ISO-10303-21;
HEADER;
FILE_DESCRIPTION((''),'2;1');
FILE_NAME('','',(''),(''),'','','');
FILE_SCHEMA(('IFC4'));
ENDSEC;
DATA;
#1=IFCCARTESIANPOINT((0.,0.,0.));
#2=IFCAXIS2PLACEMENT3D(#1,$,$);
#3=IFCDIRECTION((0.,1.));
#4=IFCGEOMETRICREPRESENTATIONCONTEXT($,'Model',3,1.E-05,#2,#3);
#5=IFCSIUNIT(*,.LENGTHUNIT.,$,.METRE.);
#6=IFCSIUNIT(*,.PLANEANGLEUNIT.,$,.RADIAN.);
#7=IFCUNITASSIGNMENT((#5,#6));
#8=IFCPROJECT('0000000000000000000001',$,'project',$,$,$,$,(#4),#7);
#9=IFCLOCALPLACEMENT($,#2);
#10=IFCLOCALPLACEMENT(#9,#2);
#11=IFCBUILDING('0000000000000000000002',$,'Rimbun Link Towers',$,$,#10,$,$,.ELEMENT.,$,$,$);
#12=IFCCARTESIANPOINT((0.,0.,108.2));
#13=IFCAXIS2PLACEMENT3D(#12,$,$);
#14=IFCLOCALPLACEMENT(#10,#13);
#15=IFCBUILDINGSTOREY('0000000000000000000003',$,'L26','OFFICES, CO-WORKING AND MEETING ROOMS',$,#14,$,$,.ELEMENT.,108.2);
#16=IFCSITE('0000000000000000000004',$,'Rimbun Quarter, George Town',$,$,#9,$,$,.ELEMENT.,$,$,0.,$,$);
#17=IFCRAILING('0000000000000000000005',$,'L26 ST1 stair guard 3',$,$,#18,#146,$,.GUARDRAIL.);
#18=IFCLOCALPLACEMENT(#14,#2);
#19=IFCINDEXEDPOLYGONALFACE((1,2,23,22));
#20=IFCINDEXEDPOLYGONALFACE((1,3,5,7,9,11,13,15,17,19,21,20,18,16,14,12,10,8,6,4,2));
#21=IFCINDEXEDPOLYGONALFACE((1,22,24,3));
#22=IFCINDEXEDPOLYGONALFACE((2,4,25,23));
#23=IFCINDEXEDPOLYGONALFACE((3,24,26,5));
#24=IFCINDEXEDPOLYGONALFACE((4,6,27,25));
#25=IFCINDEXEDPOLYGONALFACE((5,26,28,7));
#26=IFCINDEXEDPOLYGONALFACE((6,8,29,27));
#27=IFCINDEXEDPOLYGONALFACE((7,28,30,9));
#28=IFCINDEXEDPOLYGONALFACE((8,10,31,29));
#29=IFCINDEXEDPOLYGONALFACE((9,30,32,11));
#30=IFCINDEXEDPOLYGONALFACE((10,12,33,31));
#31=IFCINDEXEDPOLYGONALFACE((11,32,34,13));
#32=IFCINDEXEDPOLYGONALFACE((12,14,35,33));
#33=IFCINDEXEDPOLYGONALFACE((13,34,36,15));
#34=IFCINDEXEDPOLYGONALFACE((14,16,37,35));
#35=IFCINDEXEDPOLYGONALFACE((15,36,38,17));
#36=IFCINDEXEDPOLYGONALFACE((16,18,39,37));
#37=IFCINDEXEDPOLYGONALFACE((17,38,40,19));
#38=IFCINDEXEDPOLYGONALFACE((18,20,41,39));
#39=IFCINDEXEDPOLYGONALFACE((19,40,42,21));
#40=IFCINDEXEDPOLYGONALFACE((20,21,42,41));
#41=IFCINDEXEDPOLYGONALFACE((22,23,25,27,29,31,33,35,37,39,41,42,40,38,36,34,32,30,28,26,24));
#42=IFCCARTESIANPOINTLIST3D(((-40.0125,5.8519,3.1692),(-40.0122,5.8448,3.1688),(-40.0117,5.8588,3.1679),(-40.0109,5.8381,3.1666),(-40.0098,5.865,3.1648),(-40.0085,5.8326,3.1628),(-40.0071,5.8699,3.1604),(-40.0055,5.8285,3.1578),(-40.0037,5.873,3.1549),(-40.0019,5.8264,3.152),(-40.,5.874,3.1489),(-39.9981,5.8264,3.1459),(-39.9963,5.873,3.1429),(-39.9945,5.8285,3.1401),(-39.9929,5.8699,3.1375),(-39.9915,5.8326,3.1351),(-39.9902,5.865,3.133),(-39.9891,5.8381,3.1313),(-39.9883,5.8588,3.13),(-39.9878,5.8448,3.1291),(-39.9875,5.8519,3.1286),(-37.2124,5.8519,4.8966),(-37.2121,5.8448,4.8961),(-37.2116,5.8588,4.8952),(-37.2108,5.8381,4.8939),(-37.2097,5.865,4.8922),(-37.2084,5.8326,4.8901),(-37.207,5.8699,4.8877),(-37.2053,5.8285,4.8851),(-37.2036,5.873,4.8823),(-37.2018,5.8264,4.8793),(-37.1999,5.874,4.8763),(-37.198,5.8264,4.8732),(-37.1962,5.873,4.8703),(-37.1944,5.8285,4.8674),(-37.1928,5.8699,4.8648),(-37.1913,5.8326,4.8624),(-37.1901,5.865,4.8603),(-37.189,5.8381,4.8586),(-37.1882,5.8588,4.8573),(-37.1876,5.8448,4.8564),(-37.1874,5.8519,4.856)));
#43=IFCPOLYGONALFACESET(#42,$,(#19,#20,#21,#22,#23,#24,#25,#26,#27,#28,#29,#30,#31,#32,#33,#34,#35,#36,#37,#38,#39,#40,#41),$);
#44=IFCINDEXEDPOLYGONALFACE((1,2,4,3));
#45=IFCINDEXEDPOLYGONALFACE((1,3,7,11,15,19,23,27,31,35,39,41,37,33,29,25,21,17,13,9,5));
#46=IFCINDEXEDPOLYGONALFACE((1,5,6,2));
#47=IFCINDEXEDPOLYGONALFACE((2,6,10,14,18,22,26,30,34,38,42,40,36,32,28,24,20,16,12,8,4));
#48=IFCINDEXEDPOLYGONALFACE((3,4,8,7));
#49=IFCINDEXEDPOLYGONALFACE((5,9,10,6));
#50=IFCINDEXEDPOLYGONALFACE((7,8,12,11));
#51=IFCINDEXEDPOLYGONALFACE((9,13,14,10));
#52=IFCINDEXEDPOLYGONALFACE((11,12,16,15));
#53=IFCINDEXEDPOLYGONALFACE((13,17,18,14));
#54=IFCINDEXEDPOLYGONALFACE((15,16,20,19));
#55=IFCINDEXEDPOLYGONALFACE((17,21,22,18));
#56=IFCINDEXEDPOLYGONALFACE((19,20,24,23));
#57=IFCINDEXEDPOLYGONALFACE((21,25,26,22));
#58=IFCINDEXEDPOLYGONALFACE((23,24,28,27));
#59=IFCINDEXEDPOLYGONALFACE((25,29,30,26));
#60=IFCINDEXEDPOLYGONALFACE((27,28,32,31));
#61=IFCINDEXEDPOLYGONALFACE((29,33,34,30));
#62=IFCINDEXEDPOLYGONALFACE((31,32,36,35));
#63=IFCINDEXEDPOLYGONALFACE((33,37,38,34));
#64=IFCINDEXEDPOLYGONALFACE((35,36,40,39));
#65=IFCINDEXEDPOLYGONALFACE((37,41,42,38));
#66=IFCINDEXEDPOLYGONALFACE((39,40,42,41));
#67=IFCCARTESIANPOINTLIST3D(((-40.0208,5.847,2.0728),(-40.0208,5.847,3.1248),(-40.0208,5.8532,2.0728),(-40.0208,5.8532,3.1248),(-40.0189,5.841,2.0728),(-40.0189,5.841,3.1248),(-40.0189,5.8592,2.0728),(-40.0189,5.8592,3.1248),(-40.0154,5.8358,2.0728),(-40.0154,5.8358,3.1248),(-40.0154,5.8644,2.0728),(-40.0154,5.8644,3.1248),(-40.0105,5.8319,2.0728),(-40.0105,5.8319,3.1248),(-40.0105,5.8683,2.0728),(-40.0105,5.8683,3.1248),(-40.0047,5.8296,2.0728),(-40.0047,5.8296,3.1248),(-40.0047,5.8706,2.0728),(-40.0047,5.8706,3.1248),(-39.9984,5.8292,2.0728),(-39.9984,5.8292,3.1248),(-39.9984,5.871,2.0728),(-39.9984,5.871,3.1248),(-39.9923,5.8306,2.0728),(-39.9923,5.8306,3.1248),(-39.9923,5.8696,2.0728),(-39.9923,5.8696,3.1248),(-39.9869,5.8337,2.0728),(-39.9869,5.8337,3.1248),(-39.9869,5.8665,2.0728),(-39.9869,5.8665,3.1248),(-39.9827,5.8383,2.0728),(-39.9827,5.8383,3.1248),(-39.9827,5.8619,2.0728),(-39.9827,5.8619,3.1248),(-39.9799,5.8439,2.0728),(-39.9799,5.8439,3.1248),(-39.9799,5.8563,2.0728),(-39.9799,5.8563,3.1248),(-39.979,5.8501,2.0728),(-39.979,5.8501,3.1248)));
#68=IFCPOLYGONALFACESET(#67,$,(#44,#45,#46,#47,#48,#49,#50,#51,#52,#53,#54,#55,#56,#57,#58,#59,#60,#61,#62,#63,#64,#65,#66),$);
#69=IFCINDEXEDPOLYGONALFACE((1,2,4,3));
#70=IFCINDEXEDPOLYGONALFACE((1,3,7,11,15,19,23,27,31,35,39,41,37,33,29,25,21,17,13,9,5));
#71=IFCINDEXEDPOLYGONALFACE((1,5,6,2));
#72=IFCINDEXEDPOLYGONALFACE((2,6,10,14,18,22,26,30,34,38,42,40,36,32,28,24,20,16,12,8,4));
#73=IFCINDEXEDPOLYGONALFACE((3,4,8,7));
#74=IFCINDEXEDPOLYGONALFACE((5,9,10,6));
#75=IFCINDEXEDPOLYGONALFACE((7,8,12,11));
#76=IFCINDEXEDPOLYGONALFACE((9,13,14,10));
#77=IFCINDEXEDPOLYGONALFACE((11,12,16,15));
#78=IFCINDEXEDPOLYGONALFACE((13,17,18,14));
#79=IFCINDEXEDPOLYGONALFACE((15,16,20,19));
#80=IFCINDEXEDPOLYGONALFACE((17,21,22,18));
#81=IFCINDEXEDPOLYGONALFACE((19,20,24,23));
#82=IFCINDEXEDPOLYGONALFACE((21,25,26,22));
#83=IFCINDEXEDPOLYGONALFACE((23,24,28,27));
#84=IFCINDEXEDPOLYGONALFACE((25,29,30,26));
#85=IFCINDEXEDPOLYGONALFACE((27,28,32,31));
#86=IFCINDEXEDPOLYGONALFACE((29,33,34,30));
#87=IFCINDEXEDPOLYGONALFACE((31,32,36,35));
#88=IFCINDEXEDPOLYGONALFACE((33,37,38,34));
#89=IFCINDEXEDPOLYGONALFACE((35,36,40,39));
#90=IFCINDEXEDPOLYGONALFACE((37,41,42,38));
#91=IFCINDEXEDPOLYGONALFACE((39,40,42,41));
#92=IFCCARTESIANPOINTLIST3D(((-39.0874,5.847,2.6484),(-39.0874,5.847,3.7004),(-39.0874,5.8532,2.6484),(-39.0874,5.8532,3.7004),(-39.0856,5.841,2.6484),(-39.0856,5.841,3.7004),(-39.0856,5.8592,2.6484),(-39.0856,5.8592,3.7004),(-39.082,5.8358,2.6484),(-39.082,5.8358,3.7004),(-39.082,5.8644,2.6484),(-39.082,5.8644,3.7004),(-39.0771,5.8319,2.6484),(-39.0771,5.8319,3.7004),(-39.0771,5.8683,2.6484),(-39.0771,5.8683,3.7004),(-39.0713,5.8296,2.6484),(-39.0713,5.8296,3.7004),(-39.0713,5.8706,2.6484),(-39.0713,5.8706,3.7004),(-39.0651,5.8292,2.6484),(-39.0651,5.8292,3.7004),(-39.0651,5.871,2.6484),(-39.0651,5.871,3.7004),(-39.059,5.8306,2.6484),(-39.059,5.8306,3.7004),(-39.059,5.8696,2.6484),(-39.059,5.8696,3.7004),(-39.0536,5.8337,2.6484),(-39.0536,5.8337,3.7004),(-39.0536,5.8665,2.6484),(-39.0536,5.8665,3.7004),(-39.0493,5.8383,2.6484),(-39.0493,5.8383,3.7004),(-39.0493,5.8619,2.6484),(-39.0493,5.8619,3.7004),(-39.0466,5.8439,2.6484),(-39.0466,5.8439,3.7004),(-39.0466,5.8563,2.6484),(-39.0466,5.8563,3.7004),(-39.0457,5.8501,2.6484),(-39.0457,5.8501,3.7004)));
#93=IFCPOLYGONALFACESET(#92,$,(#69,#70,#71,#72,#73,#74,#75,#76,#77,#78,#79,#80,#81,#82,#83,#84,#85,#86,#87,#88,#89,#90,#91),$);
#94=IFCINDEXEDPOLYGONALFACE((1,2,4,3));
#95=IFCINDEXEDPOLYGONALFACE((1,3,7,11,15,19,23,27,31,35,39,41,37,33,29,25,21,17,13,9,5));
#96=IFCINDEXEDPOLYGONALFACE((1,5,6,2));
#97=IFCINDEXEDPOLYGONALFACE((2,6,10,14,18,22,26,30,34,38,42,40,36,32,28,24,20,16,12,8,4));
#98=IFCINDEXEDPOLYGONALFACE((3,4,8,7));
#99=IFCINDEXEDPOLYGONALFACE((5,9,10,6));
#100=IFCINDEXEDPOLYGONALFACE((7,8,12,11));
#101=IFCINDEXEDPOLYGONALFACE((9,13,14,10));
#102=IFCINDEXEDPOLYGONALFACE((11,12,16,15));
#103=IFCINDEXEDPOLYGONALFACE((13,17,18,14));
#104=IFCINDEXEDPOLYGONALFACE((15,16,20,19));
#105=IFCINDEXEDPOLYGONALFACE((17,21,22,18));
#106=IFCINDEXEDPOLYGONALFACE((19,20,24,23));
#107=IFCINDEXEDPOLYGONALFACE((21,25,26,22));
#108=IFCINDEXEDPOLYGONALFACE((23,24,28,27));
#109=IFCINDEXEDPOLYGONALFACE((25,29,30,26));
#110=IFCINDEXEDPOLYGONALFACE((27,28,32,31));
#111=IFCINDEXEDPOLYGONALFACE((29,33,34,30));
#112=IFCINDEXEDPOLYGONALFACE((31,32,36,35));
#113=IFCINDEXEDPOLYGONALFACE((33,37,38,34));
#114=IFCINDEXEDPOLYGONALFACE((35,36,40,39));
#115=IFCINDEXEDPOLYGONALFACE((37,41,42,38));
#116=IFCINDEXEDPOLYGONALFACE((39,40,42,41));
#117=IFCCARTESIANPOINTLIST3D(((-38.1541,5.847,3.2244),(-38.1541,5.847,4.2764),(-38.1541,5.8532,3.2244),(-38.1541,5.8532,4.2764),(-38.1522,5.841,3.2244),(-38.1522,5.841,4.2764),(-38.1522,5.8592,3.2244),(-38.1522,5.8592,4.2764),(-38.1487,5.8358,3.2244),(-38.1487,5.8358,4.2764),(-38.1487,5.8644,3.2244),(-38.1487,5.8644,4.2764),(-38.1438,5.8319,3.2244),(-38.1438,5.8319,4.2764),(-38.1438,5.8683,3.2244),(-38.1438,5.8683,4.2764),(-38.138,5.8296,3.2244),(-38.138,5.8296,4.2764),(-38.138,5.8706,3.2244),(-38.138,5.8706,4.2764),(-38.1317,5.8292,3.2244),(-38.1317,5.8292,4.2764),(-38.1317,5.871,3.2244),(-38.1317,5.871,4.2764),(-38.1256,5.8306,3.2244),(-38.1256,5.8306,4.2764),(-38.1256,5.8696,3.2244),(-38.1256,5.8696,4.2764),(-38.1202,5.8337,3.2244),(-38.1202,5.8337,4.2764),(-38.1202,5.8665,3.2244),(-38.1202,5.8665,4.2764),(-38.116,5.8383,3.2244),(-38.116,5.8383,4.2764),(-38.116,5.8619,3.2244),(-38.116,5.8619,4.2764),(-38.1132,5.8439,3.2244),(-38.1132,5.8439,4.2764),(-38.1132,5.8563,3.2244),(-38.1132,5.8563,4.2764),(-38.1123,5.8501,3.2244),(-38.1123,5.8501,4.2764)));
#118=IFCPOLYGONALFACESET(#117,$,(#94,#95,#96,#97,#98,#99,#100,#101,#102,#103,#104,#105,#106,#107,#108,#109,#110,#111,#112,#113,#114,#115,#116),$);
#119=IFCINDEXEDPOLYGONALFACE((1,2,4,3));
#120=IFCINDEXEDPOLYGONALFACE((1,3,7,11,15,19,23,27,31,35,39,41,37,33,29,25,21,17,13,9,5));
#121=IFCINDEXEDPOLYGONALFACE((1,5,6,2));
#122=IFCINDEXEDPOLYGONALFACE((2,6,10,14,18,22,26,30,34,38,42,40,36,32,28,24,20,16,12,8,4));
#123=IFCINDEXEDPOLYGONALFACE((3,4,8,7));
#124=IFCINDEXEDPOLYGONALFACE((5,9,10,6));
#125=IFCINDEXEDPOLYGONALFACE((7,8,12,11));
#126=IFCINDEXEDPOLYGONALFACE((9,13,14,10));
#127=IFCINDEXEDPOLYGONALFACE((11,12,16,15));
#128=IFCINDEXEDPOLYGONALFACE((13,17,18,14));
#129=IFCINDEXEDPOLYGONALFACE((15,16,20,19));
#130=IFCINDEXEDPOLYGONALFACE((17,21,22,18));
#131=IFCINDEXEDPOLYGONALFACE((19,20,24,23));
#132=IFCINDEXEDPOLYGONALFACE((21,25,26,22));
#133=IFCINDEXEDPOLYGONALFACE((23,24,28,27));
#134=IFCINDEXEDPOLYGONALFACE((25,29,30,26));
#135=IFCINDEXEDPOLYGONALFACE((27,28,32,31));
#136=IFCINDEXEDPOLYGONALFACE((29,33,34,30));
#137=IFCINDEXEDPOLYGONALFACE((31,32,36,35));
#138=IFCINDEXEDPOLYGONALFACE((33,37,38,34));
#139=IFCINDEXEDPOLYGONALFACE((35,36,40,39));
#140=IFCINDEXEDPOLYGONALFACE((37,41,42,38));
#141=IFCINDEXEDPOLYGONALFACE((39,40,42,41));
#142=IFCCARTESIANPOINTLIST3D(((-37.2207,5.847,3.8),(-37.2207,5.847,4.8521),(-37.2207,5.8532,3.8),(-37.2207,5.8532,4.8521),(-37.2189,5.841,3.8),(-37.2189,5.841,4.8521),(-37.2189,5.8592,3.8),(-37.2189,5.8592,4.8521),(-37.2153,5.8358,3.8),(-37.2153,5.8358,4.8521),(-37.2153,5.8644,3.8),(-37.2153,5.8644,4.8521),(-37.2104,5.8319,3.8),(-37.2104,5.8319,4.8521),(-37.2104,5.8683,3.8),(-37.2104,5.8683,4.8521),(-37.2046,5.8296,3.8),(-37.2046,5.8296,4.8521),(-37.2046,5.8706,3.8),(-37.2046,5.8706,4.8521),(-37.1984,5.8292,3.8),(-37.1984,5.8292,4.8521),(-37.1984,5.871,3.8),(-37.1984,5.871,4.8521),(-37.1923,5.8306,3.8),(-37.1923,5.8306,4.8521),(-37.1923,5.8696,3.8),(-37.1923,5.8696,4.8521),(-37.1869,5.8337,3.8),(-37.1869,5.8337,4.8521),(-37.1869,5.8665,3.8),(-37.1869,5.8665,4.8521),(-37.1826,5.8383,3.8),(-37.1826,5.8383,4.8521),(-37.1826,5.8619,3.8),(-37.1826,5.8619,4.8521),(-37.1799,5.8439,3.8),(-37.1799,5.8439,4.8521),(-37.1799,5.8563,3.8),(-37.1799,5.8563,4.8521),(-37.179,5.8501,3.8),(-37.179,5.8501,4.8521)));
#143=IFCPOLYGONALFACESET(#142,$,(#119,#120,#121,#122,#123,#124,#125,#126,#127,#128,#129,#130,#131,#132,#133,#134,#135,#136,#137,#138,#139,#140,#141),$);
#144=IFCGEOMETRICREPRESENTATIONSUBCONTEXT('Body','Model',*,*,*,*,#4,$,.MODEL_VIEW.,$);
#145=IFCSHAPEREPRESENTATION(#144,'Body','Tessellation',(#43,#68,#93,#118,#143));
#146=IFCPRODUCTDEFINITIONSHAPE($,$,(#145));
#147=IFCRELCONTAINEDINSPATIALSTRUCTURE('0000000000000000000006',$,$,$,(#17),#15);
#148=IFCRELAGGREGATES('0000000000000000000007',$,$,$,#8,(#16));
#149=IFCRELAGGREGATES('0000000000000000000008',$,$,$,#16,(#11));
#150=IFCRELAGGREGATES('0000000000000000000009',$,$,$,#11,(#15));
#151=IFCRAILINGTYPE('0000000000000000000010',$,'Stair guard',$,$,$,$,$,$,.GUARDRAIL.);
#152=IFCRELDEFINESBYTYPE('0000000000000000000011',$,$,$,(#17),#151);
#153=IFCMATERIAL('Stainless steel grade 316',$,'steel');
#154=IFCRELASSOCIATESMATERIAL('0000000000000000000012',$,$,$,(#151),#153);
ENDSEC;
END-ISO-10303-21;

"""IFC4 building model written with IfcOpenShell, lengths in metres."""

from ifc_helpers import new_model, si_unit, direction, frame, origin, origin_2d, place, context, subcontext, project, spatial, circle, extrude, material, type_object, element, save


model = new_model("IFC4")

# Units and contexts
model_context = context("Model", 3, precision=1e-05, world=origin(), true_north=direction((0.0, 1.0)))
body_context = subcontext(model_context, "Body", "Model", "MODEL_VIEW")
ifc_project = project(units=[si_unit("LENGTHUNIT", "METRE"), si_unit("PLANEANGLEUNIT", "RADIAN")], contexts=[model_context])

# Site, building, storey
site_placement = place(None, origin())
site = spatial("IfcSite", under=ifc_project, at=site_placement, Name="Rimbun Quarter, George Town", CompositionType="ELEMENT", RefElevation=0.0)
building_placement = place(site_placement, origin())
building = spatial("IfcBuilding", under=site, at=building_placement, Name="Rimbun Link Towers", CompositionType="ELEMENT")
storey_placement = place(building_placement, frame((0.0, 0.0, 108.2)))
storey = spatial("IfcBuildingStorey", under=building, at=storey_placement, Name="L26", Description="OFFICES, CO-WORKING AND MEETING ROOMS", CompositionType="ELEMENT", Elevation=108.2)

# Railing
ifc_material_1 = material(Name="Stainless steel grade 316", Category="steel")
railing_type_1 = type_object("IfcRailingType", Name="Stair guard", PredefinedType="GUARDRAIL", material=ifc_material_1)
railing_1_placement = place(storey_placement, frame((-40.0, 5.8501, 2.0728)))
element("IfcRailing", 1, at=railing_1_placement, inside=storey, type_object=railing_type_1, Name="L26 ST1 stair guard 3", PredefinedType="GUARDRAIL", context=body_context, shape_type="SweptSolid", body=[
    extrude(circle(Radius=0.0239, at=origin_2d()), frame((0.0, 0.0, 1.0762), z_axis=(0.85109, 0.0, 0.52502), x_axis=(0.0, 1.0, 0.0)), (0.0, 0.0, 1.0), 3.29),
    extrude(circle(Radius=0.021, at=origin_2d()), origin(), (0.0, 0.0, 1.0), 1.052),
    extrude(circle(Radius=0.021, at=origin_2d()), frame((0.9333, 0.0, 0.5757)), (0.0, 0.0, 1.0), 1.052),
    extrude(circle(Radius=0.021, at=origin_2d()), frame((1.8667, 0.0, 1.1516)), (0.0, 0.0, 1.0), 1.052),
    extrude(circle(Radius=0.021, at=origin_2d()), frame((2.8, 0.0, 1.7273)), (0.0, 0.0, 1.0), 1.052),
])

save(model, "model.ifc")
